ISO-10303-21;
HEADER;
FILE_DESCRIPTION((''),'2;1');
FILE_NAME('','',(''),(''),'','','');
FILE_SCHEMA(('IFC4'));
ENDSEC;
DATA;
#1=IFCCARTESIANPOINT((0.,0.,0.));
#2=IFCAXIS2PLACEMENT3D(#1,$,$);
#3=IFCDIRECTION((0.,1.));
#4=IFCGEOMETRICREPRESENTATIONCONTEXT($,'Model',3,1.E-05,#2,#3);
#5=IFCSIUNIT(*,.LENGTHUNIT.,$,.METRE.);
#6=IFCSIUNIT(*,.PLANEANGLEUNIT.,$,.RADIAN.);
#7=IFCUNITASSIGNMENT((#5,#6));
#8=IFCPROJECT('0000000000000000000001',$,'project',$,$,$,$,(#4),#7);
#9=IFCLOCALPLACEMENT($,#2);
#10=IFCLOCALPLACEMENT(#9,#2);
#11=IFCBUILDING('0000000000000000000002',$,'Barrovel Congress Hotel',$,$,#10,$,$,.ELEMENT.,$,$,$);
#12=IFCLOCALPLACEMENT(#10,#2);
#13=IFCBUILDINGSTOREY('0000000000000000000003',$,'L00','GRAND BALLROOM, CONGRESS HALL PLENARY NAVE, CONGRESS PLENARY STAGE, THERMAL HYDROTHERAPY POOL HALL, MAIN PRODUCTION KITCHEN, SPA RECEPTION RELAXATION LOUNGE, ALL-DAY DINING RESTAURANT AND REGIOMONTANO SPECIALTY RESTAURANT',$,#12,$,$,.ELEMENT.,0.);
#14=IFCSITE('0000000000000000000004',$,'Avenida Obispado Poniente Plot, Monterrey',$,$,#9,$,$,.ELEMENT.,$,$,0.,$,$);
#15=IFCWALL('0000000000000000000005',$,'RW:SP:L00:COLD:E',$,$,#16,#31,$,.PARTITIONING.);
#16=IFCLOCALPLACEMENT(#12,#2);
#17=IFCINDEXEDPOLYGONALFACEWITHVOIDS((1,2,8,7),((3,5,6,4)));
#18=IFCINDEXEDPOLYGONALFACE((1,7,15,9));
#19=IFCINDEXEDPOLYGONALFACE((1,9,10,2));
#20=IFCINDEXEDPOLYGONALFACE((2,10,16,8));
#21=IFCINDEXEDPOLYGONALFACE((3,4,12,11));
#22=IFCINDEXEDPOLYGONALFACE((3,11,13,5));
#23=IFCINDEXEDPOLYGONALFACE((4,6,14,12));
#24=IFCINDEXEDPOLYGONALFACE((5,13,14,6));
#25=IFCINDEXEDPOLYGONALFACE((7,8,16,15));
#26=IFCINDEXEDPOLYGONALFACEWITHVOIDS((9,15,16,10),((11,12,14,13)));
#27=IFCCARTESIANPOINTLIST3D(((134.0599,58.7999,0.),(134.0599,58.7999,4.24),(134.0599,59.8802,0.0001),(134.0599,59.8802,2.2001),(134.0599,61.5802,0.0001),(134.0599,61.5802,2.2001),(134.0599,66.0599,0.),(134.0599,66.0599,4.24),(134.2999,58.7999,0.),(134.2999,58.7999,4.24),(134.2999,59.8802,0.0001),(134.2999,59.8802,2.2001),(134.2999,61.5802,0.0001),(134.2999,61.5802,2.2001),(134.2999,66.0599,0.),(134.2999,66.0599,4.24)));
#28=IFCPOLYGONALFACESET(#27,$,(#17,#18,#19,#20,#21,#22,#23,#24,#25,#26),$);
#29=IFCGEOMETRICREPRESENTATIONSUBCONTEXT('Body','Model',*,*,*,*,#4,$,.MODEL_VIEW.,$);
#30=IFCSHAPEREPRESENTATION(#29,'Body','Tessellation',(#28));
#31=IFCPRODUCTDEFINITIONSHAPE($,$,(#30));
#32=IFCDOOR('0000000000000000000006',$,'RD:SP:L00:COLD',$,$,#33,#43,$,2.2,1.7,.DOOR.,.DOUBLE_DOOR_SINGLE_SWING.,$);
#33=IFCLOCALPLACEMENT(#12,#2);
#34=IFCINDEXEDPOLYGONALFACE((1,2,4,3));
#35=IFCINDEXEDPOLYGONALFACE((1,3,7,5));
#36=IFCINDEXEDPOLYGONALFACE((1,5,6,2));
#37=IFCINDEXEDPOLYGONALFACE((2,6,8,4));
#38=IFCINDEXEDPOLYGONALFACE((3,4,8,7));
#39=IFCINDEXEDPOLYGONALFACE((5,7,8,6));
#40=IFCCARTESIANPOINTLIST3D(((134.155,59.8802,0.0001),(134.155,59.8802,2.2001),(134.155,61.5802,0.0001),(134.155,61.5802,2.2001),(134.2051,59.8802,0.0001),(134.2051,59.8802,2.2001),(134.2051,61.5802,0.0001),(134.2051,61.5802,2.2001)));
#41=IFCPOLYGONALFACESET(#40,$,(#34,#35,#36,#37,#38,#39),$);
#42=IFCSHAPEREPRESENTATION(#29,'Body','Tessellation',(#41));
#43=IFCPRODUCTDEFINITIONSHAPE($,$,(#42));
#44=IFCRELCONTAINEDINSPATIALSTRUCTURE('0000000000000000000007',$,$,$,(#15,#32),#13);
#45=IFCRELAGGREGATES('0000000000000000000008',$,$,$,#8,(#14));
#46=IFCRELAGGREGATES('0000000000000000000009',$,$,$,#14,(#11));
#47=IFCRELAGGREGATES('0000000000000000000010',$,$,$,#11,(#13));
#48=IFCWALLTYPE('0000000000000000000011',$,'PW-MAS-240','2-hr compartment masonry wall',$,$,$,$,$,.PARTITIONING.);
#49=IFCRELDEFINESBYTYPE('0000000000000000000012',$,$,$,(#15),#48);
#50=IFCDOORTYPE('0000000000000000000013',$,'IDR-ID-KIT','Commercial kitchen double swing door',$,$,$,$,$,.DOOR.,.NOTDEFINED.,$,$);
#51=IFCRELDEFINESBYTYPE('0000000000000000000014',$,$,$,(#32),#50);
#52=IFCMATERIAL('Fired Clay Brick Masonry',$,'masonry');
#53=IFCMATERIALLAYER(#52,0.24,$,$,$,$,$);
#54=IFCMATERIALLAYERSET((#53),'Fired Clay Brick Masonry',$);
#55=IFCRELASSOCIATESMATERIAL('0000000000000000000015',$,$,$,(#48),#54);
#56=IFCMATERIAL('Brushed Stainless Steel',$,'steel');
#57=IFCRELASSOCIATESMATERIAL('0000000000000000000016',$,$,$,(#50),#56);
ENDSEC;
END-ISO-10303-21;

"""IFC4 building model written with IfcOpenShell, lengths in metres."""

from ifc_helpers import new_model, si_unit, direction, frame, frame_2d, origin, place, context, subcontext, project, spatial, rectangle, extrude, material, layer, layer_set, type_object, element, fill, save


model = new_model("IFC4")

# Units and contexts
model_context = context("Model", 3, precision=1e-05, world=origin(), true_north=direction((0.0, 1.0)))
body_context = subcontext(model_context, "Body", "Model", "MODEL_VIEW")
ifc_project = project(units=[si_unit("LENGTHUNIT", "METRE"), si_unit("PLANEANGLEUNIT", "RADIAN")], contexts=[model_context])

# Site, building, storey
site_placement = place(None, origin())
site = spatial("IfcSite", under=ifc_project, at=site_placement, Name="Avenida Obispado Poniente Plot, Monterrey", CompositionType="ELEMENT", RefElevation=0.0)
building_placement = place(site_placement, origin())
building = spatial("IfcBuilding", under=site, at=building_placement, Name="Barrovel Congress Hotel", CompositionType="ELEMENT")
storey_placement = place(building_placement, origin())
storey = spatial("IfcBuildingStorey", under=building, at=storey_placement, Name="L00", Description="GRAND BALLROOM, CONGRESS HALL PLENARY NAVE, CONGRESS PLENARY STAGE, THERMAL HYDROTHERAPY POOL HALL, MAIN PRODUCTION KITCHEN, SPA RECEPTION RELAXATION LOUNGE, ALL-DAY DINING RESTAURANT AND REGIOMONTANO SPECIALTY RESTAURANT", CompositionType="ELEMENT", Elevation=0.0)

# Wall, opening, door
ifc_material_1 = material(Name="Fired Clay Brick Masonry", Category="masonry")
ifc_layer = layer(ifc_material_1, 0.24)
ifc_layer_set = layer_set([ifc_layer], Name="Fired Clay Brick Masonry")
wall_type = type_object("IfcWallType", Name="PW-MAS-240", Description="2-hr compartment masonry wall", PredefinedType="PARTITIONING", material=ifc_layer_set)
wall_placement = place(storey_placement, frame((134.1799, 58.8, 0.0), z_axis=(0.0, 0.0, 1.0), x_axis=(0.0, 1.0, 0.0)))
wall = element("IfcWall", 1, at=wall_placement, inside=storey, type_object=wall_type, Name="RW:SP:L00:COLD:E", PredefinedType="PARTITIONING", context=body_context, shape_type="SweptSolid", body=[
    extrude(rectangle(XDim=7.26, YDim=0.24, at=frame_2d((3.6299, 0.0))), origin(), (0.0, 0.0, 1.0), 4.24),
])
opening_placement = place(wall_placement, frame((1.0801, 0.0, 0.0)))
opening = element("IfcOpeningElement", 2, at=opening_placement, cuts=wall, PredefinedType="OPENING", context=body_context, shape_type="SweptSolid", body=[
    extrude(rectangle(XDim=1.7, YDim=2.2, at=frame_2d((0.8501, 1.1001))), frame((0.0, 0.1299, 0.0), z_axis=(0.0, -1.0, 0.0), x_axis=(1.0, 0.0, 0.0)), (0.0, 0.0, 1.0), 0.26),
])
ifc_material_2 = material(Name="Brushed Stainless Steel", Category="steel")
door_type = type_object("IfcDoorType", Name="IDR-ID-KIT", Description="Commercial kitchen double swing door", OperationType="NOTDEFINED", PredefinedType="DOOR", material=ifc_material_2)
door_placement = place(opening_placement, origin())
door = element("IfcDoor", 3, at=door_placement, inside=storey, type_object=door_type, Name="RD:SP:L00:COLD", OperationType="DOUBLE_DOOR_SINGLE_SWING", OverallHeight=2.2, OverallWidth=1.7, PredefinedType="DOOR", context=body_context, shape_type="SweptSolid", body=[
    extrude(rectangle(XDim=1.7, YDim=2.2, at=frame_2d((0.8501, 1.1001))), frame((0.0, 0.0249, 0.0), z_axis=(0.0, -1.0, 0.0), x_axis=(1.0, 0.0, 0.0)), (0.0, 0.0, 1.0), 0.05),
])
fill(opening, door)

save(model, "model.ifc")
